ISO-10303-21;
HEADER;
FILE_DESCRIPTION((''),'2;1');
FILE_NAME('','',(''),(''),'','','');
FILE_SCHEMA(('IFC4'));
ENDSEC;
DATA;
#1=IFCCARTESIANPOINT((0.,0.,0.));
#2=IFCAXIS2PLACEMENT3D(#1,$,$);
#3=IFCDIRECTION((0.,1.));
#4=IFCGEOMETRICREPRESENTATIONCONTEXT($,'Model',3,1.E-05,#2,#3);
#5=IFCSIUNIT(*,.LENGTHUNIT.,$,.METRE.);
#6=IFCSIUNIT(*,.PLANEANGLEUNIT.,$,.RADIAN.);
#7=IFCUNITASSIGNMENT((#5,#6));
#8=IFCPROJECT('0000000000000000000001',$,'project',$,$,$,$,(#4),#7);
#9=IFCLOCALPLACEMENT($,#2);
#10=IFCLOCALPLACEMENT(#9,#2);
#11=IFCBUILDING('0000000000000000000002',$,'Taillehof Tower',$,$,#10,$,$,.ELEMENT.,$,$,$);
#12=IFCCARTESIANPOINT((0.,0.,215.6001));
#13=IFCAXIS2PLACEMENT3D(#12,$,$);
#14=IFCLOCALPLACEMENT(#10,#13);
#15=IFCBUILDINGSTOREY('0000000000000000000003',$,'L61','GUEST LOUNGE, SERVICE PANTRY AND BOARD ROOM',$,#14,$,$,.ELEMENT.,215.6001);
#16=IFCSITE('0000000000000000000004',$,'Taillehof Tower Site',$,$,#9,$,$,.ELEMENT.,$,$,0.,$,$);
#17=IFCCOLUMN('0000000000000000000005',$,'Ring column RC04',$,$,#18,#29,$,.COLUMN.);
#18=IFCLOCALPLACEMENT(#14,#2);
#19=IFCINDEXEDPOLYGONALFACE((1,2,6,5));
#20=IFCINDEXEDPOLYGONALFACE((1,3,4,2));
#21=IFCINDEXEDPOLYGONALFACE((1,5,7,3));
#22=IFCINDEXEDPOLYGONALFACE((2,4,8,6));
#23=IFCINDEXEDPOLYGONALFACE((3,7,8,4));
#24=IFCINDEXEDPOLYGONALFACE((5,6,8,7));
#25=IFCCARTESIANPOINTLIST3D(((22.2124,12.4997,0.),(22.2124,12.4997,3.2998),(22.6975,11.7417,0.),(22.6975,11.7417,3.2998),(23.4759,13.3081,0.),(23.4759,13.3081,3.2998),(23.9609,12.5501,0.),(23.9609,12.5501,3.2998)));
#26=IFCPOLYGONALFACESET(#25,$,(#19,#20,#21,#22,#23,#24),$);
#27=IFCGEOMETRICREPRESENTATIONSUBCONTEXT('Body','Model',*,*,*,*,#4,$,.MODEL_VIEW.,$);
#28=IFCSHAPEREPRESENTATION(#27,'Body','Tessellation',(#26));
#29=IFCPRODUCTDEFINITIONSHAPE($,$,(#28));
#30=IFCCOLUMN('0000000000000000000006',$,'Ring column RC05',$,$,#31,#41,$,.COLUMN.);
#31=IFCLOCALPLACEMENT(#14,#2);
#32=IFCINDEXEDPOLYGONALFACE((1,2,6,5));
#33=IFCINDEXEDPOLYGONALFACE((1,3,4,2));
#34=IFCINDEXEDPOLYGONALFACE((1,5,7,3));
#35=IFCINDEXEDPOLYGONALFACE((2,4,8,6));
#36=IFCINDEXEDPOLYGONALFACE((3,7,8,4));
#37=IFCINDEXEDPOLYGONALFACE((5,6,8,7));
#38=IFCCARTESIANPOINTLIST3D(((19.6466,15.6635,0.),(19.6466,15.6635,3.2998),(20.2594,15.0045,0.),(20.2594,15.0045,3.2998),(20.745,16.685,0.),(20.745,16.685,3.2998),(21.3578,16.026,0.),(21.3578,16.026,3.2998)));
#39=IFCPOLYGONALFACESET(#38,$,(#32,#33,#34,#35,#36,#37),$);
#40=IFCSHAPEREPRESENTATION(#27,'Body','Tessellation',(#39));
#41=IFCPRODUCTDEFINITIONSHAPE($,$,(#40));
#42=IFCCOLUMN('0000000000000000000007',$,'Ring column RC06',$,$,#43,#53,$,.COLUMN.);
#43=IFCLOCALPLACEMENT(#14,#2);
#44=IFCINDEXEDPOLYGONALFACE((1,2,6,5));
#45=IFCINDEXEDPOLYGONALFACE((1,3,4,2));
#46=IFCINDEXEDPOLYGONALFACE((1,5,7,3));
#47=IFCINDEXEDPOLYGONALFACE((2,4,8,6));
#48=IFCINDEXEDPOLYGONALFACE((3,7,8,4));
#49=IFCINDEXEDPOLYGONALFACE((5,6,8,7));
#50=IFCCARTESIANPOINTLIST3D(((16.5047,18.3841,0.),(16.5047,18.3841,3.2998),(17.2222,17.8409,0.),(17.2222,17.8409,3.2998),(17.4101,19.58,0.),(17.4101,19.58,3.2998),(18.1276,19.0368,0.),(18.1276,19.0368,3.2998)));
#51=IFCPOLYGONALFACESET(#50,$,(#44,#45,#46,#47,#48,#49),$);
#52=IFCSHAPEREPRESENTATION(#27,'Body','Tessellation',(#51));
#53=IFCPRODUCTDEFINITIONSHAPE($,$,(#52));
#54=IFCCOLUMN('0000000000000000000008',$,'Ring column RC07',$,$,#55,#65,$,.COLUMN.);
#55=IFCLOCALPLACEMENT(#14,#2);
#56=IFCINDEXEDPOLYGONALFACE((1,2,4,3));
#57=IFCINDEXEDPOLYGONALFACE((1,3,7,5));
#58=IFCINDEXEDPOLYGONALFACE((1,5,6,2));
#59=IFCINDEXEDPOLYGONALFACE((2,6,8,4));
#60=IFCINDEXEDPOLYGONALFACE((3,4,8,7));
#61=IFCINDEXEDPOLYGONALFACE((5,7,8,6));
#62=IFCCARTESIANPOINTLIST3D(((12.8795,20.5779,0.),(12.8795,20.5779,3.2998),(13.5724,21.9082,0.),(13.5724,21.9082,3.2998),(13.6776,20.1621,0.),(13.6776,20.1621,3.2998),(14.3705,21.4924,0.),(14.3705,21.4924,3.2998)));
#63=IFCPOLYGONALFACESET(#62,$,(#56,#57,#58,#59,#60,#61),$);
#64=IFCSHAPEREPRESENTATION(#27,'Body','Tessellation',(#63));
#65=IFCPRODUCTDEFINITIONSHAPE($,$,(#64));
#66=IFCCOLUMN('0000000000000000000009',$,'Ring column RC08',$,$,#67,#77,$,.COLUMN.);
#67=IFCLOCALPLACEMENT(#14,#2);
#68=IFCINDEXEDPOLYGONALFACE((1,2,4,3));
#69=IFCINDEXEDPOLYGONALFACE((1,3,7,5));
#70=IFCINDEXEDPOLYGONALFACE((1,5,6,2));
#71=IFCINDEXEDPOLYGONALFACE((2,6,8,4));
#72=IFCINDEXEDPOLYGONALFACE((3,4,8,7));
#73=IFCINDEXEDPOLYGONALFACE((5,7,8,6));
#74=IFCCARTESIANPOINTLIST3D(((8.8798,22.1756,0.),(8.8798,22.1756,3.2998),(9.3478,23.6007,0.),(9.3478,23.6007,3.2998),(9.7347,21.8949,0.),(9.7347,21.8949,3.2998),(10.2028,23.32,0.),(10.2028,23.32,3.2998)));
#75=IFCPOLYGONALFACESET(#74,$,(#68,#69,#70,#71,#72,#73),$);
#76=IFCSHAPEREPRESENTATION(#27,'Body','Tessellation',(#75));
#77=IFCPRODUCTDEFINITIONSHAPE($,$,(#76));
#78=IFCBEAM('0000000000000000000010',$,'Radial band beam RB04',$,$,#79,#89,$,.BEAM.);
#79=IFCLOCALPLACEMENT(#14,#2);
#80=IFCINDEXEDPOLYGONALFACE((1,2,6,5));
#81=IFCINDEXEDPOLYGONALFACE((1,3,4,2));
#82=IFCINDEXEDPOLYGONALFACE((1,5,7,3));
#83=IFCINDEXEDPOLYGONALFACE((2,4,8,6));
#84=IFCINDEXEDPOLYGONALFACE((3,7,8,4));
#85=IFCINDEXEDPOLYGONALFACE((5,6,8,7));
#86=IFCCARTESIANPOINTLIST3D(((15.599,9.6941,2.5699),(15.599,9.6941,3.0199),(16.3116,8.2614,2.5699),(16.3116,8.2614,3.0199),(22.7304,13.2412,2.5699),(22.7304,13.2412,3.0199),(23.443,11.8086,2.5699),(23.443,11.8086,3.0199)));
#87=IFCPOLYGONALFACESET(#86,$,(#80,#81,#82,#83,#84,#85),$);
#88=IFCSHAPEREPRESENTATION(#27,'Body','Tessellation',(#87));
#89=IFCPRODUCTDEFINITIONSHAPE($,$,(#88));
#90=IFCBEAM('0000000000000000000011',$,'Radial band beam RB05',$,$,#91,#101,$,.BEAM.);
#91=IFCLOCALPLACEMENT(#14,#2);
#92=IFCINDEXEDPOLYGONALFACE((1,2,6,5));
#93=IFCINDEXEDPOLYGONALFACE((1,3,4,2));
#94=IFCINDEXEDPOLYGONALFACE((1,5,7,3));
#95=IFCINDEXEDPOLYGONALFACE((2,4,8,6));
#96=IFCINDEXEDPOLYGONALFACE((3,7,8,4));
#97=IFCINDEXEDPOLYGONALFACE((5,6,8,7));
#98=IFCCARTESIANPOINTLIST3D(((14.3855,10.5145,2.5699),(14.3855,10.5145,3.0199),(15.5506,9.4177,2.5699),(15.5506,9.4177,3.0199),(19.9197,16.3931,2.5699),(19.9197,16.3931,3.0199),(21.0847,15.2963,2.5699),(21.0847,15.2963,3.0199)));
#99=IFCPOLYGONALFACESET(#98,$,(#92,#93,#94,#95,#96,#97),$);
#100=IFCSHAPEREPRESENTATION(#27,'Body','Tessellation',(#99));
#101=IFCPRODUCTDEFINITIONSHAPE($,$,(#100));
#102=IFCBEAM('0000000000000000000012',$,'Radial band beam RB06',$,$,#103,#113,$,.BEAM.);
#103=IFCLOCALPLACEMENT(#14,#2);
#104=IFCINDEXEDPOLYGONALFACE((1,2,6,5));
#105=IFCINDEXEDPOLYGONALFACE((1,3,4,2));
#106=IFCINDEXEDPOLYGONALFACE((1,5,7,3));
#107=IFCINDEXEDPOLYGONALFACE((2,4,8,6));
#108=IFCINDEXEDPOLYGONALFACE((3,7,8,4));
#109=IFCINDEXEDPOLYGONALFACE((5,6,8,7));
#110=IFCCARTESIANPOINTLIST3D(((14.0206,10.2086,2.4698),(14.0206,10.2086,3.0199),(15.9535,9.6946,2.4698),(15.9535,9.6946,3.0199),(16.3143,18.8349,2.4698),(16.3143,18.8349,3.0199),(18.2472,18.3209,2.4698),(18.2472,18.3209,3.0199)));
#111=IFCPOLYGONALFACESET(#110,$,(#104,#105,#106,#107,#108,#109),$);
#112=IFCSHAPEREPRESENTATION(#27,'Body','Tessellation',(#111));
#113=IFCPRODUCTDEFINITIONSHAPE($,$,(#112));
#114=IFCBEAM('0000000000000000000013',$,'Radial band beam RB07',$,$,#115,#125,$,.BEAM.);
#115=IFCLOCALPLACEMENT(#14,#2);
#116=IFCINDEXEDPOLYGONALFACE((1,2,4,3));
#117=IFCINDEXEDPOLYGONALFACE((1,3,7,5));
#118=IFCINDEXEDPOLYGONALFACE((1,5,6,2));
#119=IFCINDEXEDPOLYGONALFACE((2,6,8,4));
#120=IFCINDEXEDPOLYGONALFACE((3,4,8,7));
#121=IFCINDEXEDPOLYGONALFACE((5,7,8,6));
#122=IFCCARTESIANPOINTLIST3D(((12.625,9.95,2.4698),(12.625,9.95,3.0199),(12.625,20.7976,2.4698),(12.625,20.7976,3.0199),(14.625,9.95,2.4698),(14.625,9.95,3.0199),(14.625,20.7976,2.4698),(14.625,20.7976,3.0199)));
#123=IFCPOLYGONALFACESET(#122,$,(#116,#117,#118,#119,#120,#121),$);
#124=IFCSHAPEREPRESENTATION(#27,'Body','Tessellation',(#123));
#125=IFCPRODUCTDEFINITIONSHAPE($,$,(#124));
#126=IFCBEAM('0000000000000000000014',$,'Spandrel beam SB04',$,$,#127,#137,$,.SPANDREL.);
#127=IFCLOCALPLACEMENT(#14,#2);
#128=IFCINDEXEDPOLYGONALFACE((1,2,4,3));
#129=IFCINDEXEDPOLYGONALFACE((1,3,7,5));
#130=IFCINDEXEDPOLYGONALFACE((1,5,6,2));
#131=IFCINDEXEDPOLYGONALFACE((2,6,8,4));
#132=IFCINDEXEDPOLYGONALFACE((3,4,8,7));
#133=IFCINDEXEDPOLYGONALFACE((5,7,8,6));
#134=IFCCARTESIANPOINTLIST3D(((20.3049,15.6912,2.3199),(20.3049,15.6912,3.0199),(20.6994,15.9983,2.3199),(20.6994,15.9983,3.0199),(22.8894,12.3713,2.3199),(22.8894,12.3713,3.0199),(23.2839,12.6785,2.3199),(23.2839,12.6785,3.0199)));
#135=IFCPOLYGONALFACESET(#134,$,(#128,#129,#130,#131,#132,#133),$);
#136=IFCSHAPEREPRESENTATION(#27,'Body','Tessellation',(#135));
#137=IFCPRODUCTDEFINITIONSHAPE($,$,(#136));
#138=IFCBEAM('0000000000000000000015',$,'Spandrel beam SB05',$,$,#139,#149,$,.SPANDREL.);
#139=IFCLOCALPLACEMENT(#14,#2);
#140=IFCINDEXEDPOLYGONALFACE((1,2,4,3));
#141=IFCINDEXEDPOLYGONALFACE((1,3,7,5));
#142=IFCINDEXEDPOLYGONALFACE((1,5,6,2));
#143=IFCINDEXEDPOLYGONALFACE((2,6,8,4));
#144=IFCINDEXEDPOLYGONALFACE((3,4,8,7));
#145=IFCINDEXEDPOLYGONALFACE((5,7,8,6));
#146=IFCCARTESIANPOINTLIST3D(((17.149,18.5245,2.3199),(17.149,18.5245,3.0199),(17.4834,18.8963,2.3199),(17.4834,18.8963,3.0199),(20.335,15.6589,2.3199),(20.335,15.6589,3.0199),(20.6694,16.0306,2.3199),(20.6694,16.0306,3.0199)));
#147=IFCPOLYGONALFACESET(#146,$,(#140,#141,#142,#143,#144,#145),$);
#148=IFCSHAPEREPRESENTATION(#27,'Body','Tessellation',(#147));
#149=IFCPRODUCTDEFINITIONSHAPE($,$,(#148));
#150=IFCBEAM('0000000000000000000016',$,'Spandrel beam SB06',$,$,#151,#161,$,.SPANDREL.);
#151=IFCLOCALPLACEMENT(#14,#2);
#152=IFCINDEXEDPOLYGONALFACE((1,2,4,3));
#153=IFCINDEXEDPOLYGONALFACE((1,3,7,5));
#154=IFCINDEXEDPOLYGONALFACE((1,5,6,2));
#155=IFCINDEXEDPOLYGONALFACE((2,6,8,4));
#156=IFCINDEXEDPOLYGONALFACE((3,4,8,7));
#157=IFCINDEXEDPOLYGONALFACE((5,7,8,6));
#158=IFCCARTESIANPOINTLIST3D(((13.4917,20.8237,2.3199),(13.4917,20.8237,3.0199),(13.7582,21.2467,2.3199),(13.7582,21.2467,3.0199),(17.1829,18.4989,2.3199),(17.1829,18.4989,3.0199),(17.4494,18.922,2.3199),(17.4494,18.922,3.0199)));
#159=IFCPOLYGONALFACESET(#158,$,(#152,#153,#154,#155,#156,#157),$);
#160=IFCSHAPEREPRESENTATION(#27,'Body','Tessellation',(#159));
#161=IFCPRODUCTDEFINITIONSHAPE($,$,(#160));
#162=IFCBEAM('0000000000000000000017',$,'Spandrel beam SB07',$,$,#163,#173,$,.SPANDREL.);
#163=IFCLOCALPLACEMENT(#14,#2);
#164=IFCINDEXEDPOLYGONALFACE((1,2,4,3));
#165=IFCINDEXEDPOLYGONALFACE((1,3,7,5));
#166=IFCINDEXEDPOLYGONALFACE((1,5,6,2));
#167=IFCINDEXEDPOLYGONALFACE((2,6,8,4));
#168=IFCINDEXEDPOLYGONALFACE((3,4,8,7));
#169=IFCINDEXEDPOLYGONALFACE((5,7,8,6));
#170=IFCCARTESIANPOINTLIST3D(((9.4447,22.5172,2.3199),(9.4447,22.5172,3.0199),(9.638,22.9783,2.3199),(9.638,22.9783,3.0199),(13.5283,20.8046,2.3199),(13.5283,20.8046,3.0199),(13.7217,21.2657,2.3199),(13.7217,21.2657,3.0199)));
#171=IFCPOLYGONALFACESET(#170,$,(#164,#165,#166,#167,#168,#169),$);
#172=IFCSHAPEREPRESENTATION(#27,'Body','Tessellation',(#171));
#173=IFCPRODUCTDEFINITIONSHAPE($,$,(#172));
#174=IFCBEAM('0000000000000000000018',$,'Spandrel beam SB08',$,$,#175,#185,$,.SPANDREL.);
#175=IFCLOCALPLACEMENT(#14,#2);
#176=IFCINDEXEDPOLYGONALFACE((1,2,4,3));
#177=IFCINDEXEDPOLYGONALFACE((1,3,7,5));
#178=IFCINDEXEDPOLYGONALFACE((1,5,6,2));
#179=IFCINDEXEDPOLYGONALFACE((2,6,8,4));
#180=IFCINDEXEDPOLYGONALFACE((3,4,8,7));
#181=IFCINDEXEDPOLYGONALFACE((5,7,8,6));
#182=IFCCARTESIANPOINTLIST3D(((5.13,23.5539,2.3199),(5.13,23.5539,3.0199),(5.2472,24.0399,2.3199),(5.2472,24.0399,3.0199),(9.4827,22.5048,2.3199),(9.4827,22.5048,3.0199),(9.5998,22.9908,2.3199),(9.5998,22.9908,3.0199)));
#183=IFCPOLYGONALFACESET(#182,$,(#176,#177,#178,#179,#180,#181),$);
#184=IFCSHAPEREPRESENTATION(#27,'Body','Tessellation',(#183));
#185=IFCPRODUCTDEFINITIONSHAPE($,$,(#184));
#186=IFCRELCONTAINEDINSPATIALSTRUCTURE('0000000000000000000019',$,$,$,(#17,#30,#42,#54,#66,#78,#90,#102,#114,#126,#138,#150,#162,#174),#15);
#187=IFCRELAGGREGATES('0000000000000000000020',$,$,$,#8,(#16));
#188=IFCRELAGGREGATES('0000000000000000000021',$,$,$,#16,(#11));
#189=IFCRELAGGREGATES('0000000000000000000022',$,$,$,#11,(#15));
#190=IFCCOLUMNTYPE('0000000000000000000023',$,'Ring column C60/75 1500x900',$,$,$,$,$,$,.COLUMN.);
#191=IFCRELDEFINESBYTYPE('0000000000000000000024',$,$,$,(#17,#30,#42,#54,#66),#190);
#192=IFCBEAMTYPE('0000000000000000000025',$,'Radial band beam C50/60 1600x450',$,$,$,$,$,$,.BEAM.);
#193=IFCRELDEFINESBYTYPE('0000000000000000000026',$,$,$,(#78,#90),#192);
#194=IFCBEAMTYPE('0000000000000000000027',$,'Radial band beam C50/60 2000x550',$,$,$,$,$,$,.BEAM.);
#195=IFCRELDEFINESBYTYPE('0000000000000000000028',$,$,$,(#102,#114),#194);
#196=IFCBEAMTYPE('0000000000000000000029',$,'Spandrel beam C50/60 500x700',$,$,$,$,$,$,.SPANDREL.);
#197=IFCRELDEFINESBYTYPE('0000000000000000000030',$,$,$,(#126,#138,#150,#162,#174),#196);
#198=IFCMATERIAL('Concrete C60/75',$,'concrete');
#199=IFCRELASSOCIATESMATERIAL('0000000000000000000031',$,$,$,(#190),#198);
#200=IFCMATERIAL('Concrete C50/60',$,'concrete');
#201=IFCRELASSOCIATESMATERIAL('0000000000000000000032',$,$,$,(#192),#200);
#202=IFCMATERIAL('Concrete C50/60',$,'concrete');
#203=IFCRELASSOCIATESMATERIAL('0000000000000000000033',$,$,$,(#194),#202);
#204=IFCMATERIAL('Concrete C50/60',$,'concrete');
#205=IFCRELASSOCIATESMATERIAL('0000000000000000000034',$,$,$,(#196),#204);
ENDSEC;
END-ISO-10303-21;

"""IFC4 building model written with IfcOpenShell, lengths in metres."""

from ifc_helpers import new_model, si_unit, direction, frame, origin, origin_2d, place, context, subcontext, project, spatial, rectangle, extrude, material, material_profile, profile_set, type_object, element, save


model = new_model("IFC4")

# Units and contexts
model_context = context("Model", 3, precision=1e-05, world=origin(), true_north=direction((0.0, 1.0)))
body_context = subcontext(model_context, "Body", "Model", "MODEL_VIEW")
ifc_project = project(units=[si_unit("LENGTHUNIT", "METRE"), si_unit("PLANEANGLEUNIT", "RADIAN")], contexts=[model_context])

# Site, building, storey
site_placement = place(None, origin())
site = spatial("IfcSite", under=ifc_project, at=site_placement, Name="Taillehof Tower Site", CompositionType="ELEMENT", RefElevation=0.0)
building_placement = place(site_placement, origin())
building = spatial("IfcBuilding", under=site, at=building_placement, Name="Taillehof Tower", CompositionType="ELEMENT")
storey_placement = place(building_placement, frame((0.0, 0.0, 215.6001)))
storey = spatial("IfcBuildingStorey", under=building, at=storey_placement, Name="L61", Description="GUEST LOUNGE, SERVICE PANTRY AND BOARD ROOM", CompositionType="ELEMENT", Elevation=215.6001)

# Columns
ifc_material_1 = material(Name="Concrete C60/75", Category="concrete")
ifc_material_profile_1 = material_profile(ifc_material_1, rectangle(XDim=1.5, YDim=0.8999, at=origin_2d()), Name="RC 1500x900")
ifc_profile_set_1 = profile_set([ifc_material_profile_1], Name="Concrete C60/75")
column_type = type_object("IfcColumnType", Name="Ring column C60/75 1500x900", PredefinedType="COLUMN", material=ifc_profile_set_1)
for number, where, z_axis, x_axis, name in (
    (1, (23.0867, 12.5249, 0.0), (0.0, 0.0, 1.0), (0.842311, 0.538992, 0.0), "Ring column RC04"),
    (2, (20.5022, 15.8447, 0.0), (0.0, 0.0, 1.0), (0.732271, 0.681013, 0.0), "Ring column RC05"),
    (3, (17.3162, 18.7104, 0.0), (0.0, 0.0, 1.0), (0.603608, 0.797281, 0.0), "Ring column RC06"),
    (4, (13.625, 21.0352, 0.0), (0.0, 0.0, 1.0), (0.461993, 0.886883, 0.0), "Ring column RC07"),
    (5, (9.5413, 22.7478, 0.0), (0.0, 0.0, 1.0), (0.312001, 0.950082, 0.0), "Ring column RC08"),
):
    element("IfcColumn", number, at=place(storey_placement, frame(where, z_axis=z_axis, x_axis=x_axis)), inside=storey, type_object=column_type, Name=name, PredefinedType="COLUMN", context=body_context, shape_type="SweptSolid", body=[
        extrude(rectangle(XDim=1.5, YDim=0.8999, at=origin_2d()), origin(), (0.0, 0.0, 1.0), 3.2998),
    ])

# Beams
ifc_material_2 = material(Name="Concrete C50/60", Category="concrete")
ifc_material_profile_2 = material_profile(ifc_material_2, rectangle(XDim=1.6001, YDim=0.45, at=origin_2d()), Name="RC 1600x450")
ifc_profile_set_2 = profile_set([ifc_material_profile_2], Name="Concrete C50/60")
beam_type_1 = type_object("IfcBeamType", Name="Radial band beam C50/60 1600x450", PredefinedType="BEAM", material=ifc_profile_set_2)
beam_1_placement = place(storey_placement, frame((23.0867, 12.5249, 2.7949), z_axis=(-0.895357, -0.445349, 0.0), x_axis=(0.445349, -0.895357, 0.0)))
element("IfcBeam", 6, at=beam_1_placement, inside=storey, type_object=beam_type_1, Name="Radial band beam RB04", PredefinedType="BEAM", context=body_context, shape_type="SweptSolid", body=[
    extrude(rectangle(XDim=1.6001, YDim=0.45, at=origin_2d()), origin(), (0.0, 0.0, 1.0), 7.9648),
])
beam_2_placement = place(storey_placement, frame((20.5022, 15.8447, 2.7949), z_axis=(-0.685451, -0.728118, 0.0), x_axis=(0.728118, -0.685451, 0.0)))
element("IfcBeam", 7, at=beam_2_placement, inside=storey, type_object=beam_type_1, Name="Radial band beam RB05", PredefinedType="BEAM", context=body_context, shape_type="SweptSolid", body=[
    extrude(rectangle(XDim=1.6001, YDim=0.45, at=origin_2d()), origin(), (0.0, 0.0, 1.0), 8.0737),
])
ifc_material_3 = material(Name="Concrete C50/60", Category="concrete")
ifc_material_profile_3 = material_profile(ifc_material_3, rectangle(XDim=2.0, YDim=0.55, at=origin_2d()), Name="RC 2000x550")
ifc_profile_set_3 = profile_set([ifc_material_profile_3], Name="Concrete C50/60")
beam_type_2 = type_object("IfcBeamType", Name="Radial band beam C50/60 2000x550", PredefinedType="BEAM", material=ifc_profile_set_3)
beam_3_placement = place(storey_placement, frame((17.2808, 18.5779, 2.7449), z_axis=(-0.25697, -0.966419, 0.0), x_axis=(0.966419, -0.25697, 0.0)))
element("IfcBeam", 8, at=beam_3_placement, inside=storey, type_object=beam_type_2, Name="Radial band beam RB06", PredefinedType="BEAM", context=body_context, shape_type="SweptSolid", body=[
    extrude(rectangle(XDim=2.0, YDim=0.55, at=origin_2d()), origin(), (0.0, 0.0, 1.0), 8.926),
])
beam_4_placement = place(storey_placement, frame((13.625, 20.7976, 2.7449), z_axis=(0.0, -1.0, 0.0), x_axis=(1.0, 0.0, 0.0)))
element("IfcBeam", 9, at=beam_4_placement, inside=storey, type_object=beam_type_2, Name="Radial band beam RB07", PredefinedType="BEAM", context=body_context, shape_type="SweptSolid", body=[
    extrude(rectangle(XDim=2.0, YDim=0.55, at=origin_2d()), origin(), (0.0, 0.0, 1.0), 10.8477),
])
ifc_material_4 = material(Name="Concrete C50/60", Category="concrete")
ifc_material_profile_4 = material_profile(ifc_material_4, rectangle(XDim=0.5, YDim=0.7, at=origin_2d()), Name="RC 500x700")
ifc_profile_set_4 = profile_set([ifc_material_profile_4], Name="Concrete C50/60")
beam_type_3 = type_object("IfcBeamType", Name="Spandrel beam C50/60 500x700", PredefinedType="SPANDREL", material=ifc_profile_set_4)
beam_5_placement = place(storey_placement, frame((23.0867, 12.5249, 2.6699), z_axis=(-0.614294, 0.789077, 0.0), x_axis=(-0.789077, -0.614294, 0.0)))
element("IfcBeam", 10, at=beam_5_placement, inside=storey, type_object=beam_type_3, Name="Spandrel beam SB04", PredefinedType="SPANDREL", context=body_context, shape_type="SweptSolid", body=[
    extrude(rectangle(XDim=0.5, YDim=0.7, at=origin_2d()), origin(), (0.0, 0.0, 1.0), 4.2073),
])
beam_6_placement = place(storey_placement, frame((20.5022, 15.8447, 2.6699), z_axis=(-0.743492, 0.668744, 0.0), x_axis=(-0.668744, -0.743492, 0.0)))
element("IfcBeam", 11, at=beam_6_placement, inside=storey, type_object=beam_type_3, Name="Spandrel beam SB05", PredefinedType="SPANDREL", context=body_context, shape_type="SweptSolid", body=[
    extrude(rectangle(XDim=0.5, YDim=0.7, at=origin_2d()), origin(), (0.0, 0.0, 1.0), 4.2852),
])
beam_7_placement = place(storey_placement, frame((17.3162, 18.7104, 2.6699), z_axis=(-0.846166, 0.532919, 0.0), x_axis=(-0.532919, -0.846166, 0.0)))
element("IfcBeam", 12, at=beam_7_placement, inside=storey, type_object=beam_type_3, Name="Spandrel beam SB06", PredefinedType="SPANDREL", context=body_context, shape_type="SweptSolid", body=[
    extrude(rectangle(XDim=0.5, YDim=0.7, at=origin_2d()), origin(), (0.0, 0.0, 1.0), 4.3623),
])
beam_8_placement = place(storey_placement, frame((13.625, 21.0352, 2.6699), z_axis=(-0.922186, 0.386748, 0.0), x_axis=(-0.386748, -0.922186, 0.0)))
element("IfcBeam", 13, at=beam_8_placement, inside=storey, type_object=beam_type_3, Name="Spandrel beam SB07", PredefinedType="SPANDREL", context=body_context, shape_type="SweptSolid", body=[
    extrude(rectangle(XDim=0.5, YDim=0.7, at=origin_2d()), origin(), (0.0, 0.0, 1.0), 4.4282),
])
beam_9_placement = place(storey_placement, frame((9.5413, 22.7478, 2.6699), z_axis=(-0.972161, 0.234315, 0.0), x_axis=(-0.234315, -0.972161, 0.0)))
element("IfcBeam", 14, at=beam_9_placement, inside=storey, type_object=beam_type_3, Name="Spandrel beam SB08", PredefinedType="SPANDREL", context=body_context, shape_type="SweptSolid", body=[
    extrude(rectangle(XDim=0.5, YDim=0.7, at=origin_2d()), origin(), (0.0, 0.0, 1.0), 4.4773),
])

save(model, "model.ifc")
